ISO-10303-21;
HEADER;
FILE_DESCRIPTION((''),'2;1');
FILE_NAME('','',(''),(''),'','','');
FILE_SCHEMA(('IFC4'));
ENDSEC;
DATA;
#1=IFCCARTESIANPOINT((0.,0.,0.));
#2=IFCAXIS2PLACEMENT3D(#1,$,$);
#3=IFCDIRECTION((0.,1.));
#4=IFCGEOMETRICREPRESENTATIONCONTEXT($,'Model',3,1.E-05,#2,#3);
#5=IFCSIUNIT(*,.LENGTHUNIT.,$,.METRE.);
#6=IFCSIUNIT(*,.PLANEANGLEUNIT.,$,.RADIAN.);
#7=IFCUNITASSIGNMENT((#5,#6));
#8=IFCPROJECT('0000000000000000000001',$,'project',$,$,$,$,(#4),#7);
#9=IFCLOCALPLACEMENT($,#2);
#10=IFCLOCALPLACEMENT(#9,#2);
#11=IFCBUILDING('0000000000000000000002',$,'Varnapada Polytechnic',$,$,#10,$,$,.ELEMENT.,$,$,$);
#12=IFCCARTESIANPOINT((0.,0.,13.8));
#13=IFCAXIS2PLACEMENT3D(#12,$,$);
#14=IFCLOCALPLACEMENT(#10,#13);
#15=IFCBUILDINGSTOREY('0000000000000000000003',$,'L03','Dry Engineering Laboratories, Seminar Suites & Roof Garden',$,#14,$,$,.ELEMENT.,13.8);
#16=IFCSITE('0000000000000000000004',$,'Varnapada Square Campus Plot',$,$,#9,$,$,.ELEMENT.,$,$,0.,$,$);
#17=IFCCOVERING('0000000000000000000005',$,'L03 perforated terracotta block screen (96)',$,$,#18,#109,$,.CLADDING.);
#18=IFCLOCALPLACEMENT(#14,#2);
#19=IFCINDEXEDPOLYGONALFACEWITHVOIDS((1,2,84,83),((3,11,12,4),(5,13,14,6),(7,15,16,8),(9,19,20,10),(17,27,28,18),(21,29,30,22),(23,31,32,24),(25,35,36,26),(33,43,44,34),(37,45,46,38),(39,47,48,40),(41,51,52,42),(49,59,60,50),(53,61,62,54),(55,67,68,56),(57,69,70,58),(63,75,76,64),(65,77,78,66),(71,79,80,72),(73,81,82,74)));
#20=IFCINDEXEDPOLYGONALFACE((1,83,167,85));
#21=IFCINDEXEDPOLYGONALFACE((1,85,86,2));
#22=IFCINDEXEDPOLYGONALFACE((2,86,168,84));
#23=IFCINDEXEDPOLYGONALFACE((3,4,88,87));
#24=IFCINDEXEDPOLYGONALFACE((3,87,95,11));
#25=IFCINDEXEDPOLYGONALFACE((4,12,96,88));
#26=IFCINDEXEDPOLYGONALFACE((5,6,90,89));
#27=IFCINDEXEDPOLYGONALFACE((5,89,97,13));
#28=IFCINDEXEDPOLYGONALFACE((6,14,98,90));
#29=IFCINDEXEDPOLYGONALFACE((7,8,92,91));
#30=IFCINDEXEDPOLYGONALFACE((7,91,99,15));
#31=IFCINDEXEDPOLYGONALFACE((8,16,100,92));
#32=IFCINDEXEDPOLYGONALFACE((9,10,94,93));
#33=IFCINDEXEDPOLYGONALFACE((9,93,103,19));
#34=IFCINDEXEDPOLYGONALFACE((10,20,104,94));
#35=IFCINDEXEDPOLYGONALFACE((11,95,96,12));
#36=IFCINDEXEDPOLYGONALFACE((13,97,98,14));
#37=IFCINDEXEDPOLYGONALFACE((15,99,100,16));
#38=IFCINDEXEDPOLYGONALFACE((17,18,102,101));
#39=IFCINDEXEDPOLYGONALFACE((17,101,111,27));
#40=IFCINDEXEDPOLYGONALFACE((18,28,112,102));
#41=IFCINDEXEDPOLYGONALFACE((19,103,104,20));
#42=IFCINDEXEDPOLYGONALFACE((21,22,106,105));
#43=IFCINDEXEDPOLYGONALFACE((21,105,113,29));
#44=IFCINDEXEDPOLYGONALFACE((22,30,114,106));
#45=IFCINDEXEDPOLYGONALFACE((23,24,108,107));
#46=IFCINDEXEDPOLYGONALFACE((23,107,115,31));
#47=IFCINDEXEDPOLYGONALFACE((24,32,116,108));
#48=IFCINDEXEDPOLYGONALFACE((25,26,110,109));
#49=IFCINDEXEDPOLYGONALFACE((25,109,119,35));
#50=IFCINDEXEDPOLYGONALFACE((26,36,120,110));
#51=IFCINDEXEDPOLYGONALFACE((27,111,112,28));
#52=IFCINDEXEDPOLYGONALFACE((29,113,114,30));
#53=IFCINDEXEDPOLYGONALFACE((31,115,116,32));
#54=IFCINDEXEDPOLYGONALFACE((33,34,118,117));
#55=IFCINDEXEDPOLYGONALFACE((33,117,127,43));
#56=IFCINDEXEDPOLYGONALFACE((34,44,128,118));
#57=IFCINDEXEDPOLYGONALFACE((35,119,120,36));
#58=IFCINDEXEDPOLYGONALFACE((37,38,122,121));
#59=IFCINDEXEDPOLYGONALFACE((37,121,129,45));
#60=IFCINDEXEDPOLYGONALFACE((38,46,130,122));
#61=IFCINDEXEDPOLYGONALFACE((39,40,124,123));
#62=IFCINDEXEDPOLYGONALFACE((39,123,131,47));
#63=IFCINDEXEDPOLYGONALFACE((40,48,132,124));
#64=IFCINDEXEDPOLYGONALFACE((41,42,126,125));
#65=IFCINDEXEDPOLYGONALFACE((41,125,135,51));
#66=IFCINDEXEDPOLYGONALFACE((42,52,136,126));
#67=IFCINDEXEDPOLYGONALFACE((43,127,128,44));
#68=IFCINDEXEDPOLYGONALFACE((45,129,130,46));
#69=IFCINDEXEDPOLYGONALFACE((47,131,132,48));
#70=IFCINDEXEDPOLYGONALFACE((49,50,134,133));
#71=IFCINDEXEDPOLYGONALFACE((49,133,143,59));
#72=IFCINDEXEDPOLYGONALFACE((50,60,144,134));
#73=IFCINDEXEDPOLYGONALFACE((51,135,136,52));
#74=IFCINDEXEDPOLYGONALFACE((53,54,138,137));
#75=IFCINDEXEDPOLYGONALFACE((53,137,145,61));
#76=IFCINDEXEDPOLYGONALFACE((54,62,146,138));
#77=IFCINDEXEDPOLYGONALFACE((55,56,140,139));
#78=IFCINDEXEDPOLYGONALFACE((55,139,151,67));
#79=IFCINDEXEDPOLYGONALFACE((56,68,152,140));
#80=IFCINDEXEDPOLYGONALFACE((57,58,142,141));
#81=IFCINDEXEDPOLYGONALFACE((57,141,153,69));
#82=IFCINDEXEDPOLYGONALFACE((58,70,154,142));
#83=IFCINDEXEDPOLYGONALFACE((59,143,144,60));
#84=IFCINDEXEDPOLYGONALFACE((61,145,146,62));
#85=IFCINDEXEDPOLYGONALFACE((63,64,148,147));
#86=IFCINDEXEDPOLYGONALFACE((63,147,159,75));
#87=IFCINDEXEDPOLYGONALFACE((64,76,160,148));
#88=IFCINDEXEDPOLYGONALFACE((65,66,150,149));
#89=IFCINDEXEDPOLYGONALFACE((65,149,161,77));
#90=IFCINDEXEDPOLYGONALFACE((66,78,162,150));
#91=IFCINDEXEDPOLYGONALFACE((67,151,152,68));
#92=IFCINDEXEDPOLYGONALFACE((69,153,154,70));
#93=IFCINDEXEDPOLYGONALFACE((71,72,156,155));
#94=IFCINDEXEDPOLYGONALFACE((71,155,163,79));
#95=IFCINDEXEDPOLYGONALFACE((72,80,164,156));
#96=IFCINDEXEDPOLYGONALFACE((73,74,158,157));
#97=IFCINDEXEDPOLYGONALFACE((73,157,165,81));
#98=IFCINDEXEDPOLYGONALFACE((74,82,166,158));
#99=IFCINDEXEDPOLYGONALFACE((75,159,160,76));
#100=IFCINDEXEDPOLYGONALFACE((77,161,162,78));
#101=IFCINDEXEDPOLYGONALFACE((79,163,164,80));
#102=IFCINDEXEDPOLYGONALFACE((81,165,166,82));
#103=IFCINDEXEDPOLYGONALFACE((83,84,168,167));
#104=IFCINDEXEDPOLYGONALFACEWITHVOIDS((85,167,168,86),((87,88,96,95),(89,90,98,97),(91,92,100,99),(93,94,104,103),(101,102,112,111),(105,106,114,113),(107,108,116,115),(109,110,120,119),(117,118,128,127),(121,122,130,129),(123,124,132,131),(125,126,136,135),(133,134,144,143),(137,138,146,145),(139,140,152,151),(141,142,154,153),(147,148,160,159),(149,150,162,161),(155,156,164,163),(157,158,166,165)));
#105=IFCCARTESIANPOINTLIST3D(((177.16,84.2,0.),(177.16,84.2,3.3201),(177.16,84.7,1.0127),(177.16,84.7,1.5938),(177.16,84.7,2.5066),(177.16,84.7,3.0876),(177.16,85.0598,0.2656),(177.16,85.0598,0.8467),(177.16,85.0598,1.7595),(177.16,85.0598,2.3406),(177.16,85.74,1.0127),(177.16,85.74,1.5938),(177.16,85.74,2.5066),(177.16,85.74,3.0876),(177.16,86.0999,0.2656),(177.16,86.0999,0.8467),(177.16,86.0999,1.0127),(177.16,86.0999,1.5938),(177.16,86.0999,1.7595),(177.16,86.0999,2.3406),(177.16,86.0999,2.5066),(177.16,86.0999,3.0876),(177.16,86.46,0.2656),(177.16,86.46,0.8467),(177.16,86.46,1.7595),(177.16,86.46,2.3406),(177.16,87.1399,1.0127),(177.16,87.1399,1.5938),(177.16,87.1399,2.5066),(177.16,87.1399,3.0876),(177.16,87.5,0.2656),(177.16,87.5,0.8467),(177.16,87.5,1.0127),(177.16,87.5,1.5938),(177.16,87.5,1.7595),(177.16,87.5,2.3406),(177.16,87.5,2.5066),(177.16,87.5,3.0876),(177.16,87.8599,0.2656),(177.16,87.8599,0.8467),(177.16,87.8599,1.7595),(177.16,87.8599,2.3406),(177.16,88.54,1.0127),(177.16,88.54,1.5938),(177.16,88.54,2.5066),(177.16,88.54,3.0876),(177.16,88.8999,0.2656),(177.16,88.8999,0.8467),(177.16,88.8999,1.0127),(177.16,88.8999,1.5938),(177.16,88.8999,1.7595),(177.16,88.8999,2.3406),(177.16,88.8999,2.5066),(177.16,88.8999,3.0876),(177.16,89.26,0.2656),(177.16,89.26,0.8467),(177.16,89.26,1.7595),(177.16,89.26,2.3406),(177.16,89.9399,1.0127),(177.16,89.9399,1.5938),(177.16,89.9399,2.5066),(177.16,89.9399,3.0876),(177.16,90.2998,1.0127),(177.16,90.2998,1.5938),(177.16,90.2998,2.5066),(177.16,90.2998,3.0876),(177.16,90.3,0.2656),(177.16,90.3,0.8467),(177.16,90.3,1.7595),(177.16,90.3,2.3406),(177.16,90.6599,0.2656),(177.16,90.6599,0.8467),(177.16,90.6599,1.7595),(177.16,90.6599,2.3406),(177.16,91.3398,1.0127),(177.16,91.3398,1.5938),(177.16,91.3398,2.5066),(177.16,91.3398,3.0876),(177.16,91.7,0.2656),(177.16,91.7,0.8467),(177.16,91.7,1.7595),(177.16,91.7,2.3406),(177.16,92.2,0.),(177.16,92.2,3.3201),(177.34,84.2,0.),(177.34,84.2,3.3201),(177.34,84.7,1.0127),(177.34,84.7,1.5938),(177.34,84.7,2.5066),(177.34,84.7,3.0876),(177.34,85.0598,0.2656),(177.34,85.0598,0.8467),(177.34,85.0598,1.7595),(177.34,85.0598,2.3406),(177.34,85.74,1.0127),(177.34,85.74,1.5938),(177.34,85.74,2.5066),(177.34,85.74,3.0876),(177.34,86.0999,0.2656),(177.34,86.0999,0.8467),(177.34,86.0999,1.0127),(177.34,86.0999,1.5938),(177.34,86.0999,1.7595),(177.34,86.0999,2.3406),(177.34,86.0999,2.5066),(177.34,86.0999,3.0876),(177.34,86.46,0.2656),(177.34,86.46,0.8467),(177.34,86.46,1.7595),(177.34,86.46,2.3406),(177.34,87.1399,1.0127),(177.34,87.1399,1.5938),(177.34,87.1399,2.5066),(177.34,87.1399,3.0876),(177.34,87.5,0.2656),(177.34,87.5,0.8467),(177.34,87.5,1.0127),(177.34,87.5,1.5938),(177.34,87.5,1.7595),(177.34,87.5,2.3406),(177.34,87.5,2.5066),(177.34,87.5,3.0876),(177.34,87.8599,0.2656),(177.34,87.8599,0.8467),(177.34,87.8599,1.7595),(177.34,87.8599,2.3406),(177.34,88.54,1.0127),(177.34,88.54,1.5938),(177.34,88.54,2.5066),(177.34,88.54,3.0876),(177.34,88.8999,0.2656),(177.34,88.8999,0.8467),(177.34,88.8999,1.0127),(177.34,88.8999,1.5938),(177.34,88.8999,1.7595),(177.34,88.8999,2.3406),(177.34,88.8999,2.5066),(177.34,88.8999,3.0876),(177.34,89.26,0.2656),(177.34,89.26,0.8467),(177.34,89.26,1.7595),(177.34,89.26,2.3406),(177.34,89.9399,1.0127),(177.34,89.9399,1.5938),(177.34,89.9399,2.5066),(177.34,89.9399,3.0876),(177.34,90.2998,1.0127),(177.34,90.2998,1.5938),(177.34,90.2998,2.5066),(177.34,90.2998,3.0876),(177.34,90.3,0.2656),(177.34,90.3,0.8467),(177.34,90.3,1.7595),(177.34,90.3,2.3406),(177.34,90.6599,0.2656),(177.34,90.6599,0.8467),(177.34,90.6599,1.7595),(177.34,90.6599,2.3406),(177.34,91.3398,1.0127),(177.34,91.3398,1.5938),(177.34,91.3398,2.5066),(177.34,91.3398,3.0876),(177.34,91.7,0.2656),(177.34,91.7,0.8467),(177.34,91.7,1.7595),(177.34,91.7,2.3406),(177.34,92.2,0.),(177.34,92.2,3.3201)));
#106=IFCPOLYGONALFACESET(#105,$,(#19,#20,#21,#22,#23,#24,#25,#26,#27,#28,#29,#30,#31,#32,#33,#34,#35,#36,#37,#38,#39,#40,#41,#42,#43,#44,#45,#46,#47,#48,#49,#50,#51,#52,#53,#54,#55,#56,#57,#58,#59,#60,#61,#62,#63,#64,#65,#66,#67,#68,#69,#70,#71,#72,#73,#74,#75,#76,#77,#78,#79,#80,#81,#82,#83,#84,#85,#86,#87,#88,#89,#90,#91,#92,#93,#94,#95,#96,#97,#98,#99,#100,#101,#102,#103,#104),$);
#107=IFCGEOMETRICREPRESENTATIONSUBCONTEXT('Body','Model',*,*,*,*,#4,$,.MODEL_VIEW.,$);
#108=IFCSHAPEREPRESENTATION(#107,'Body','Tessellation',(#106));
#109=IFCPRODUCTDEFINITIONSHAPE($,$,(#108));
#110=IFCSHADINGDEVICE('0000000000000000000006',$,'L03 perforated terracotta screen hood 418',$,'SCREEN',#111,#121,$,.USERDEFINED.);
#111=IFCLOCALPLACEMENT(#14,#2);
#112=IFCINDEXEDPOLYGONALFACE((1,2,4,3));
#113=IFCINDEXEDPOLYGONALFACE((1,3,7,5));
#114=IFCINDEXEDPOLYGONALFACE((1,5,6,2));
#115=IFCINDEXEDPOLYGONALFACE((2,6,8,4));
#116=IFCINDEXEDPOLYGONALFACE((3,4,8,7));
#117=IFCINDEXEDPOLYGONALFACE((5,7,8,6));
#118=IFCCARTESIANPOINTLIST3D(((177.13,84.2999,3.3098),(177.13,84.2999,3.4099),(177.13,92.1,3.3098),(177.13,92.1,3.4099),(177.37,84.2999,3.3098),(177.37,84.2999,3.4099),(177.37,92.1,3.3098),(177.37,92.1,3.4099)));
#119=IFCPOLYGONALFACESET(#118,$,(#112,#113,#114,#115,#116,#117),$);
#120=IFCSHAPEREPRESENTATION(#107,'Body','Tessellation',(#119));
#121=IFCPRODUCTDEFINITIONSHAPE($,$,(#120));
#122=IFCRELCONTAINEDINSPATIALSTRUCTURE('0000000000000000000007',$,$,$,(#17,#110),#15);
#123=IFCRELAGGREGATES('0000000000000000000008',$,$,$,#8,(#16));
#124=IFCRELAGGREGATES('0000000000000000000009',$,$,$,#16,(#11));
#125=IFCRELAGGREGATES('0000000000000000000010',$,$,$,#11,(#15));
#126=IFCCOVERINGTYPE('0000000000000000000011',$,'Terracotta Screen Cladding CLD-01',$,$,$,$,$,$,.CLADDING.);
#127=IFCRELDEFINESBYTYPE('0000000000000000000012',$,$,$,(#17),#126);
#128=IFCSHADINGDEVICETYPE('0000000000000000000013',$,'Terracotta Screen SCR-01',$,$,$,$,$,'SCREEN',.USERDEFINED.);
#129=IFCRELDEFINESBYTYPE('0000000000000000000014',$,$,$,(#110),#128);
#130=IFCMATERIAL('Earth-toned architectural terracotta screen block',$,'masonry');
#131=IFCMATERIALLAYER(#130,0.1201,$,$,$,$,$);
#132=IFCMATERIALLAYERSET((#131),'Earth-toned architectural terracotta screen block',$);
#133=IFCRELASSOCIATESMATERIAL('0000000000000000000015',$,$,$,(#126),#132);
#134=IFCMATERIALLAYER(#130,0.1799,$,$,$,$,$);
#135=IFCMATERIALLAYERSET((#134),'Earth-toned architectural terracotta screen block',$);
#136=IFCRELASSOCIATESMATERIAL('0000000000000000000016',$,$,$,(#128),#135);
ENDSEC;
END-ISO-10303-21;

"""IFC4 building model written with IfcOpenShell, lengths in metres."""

from ifc_helpers import new_model, si_unit, direction, frame, frame_2d, origin, origin_2d, place, context, subcontext, project, spatial, rectangle, extrude, material, layer, layer_set, type_object, element, save


model = new_model("IFC4")

# Units and contexts
model_context = context("Model", 3, precision=1e-05, world=origin(), true_north=direction((0.0, 1.0)))
body_context = subcontext(model_context, "Body", "Model", "MODEL_VIEW")
ifc_project = project(units=[si_unit("LENGTHUNIT", "METRE"), si_unit("PLANEANGLEUNIT", "RADIAN")], contexts=[model_context])

# Site, building, storey
site_placement = place(None, origin())
site = spatial("IfcSite", under=ifc_project, at=site_placement, Name="Varnapada Square Campus Plot", CompositionType="ELEMENT", RefElevation=0.0)
building_placement = place(site_placement, origin())
building = spatial("IfcBuilding", under=site, at=building_placement, Name="Varnapada Polytechnic", CompositionType="ELEMENT")
storey_placement = place(building_placement, frame((0.0, 0.0, 13.8)))
storey = spatial("IfcBuildingStorey", under=building, at=storey_placement, Name="L03", Description="Dry Engineering Laboratories, Seminar Suites & Roof Garden", CompositionType="ELEMENT", Elevation=13.8)

# Covering, openings
ifc_material_1 = material(Name="Earth-toned architectural terracotta screen block", Category="masonry")
ifc_layer_1 = layer(ifc_material_1, 0.1201)
ifc_layer_set_1 = layer_set([ifc_layer_1], Name="Earth-toned architectural terracotta screen block")
covering_type_1 = type_object("IfcCoveringType", Name="Terracotta Screen Cladding CLD-01", PredefinedType="CLADDING", material=ifc_layer_set_1)
covering_1_placement = place(storey_placement, frame((177.25, 92.2, 0.0), z_axis=(0.0, 0.0, 1.0), x_axis=(0.0, -1.0, 0.0)))
covering_1 = element("IfcCovering", 1, at=covering_1_placement, inside=storey, type_object=covering_type_1, Name="L03 perforated terracotta block screen (96)", PredefinedType="CLADDING", context=body_context, shape_type="SweptSolid", body=[
    extrude(rectangle(XDim=8.0, YDim=0.1799, at=frame_2d((4.0, 0.0))), origin(), (0.0, 0.0, 1.0), 3.3201),
])
opening_1_placement = place(covering_1_placement, frame((0.5, 0.0, 0.2656)))
element("IfcOpeningElement", 2, at=opening_1_placement, cuts=covering_1, PredefinedType="OPENING", context=body_context, shape_type="SweptSolid", body=[
    extrude(rectangle(XDim=1.04, YDim=0.5811, at=frame_2d((0.52, 0.2905))), frame((0.0, 0.0999, 0.0), z_axis=(0.0, -1.0, 0.0), x_axis=(1.0, 0.0, 0.0)), (0.0, 0.0, 1.0), 0.2),
])
opening_2_placement = place(covering_1_placement, frame((1.8999, 0.0, 0.2656)))
element("IfcOpeningElement", 3, at=opening_2_placement, cuts=covering_1, PredefinedType="OPENING", context=body_context, shape_type="SweptSolid", body=[
    extrude(rectangle(XDim=1.04, YDim=0.5811, at=frame_2d((0.52, 0.2905))), frame((0.0, 0.0999, 0.0), z_axis=(0.0, -1.0, 0.0), x_axis=(1.0, 0.0, 0.0)), (0.0, 0.0, 1.0), 0.2),
])
opening_3_placement = place(covering_1_placement, frame((3.3, 0.0, 0.2656)))
element("IfcOpeningElement", 4, at=opening_3_placement, cuts=covering_1, PredefinedType="OPENING", context=body_context, shape_type="SweptSolid", body=[
    extrude(rectangle(XDim=1.04, YDim=0.5811, at=frame_2d((0.52, 0.2905))), frame((0.0, 0.0999, 0.0), z_axis=(0.0, -1.0, 0.0), x_axis=(1.0, 0.0, 0.0)), (0.0, 0.0, 1.0), 0.2),
])
opening_4_placement = place(covering_1_placement, frame((4.7, 0.0, 0.2656)))
element("IfcOpeningElement", 5, at=opening_4_placement, cuts=covering_1, PredefinedType="OPENING", context=body_context, shape_type="SweptSolid", body=[
    extrude(rectangle(XDim=1.04, YDim=0.5811, at=frame_2d((0.52, 0.2905))), frame((0.0, 0.0999, 0.0), z_axis=(0.0, -1.0, 0.0), x_axis=(1.0, 0.0, 0.0)), (0.0, 0.0, 1.0), 0.2),
])
opening_5_placement = place(covering_1_placement, frame((6.1001, 0.0, 0.2656)))
element("IfcOpeningElement", 6, at=opening_5_placement, cuts=covering_1, PredefinedType="OPENING", context=body_context, shape_type="SweptSolid", body=[
    extrude(rectangle(XDim=1.04, YDim=0.5811, at=frame_2d((0.52, 0.2905))), frame((0.0, 0.0999, 0.0), z_axis=(0.0, -1.0, 0.0), x_axis=(1.0, 0.0, 0.0)), (0.0, 0.0, 1.0), 0.2),
])
opening_6_placement = place(covering_1_placement, frame((0.8601, 0.0, 1.0127)))
element("IfcOpeningElement", 7, at=opening_6_placement, cuts=covering_1, PredefinedType="OPENING", context=body_context, shape_type="SweptSolid", body=[
    extrude(rectangle(XDim=1.04, YDim=0.5811, at=frame_2d((0.52, 0.2905))), frame((0.0, 0.0999, 0.0), z_axis=(0.0, -1.0, 0.0), x_axis=(1.0, 0.0, 0.0)), (0.0, 0.0, 1.0), 0.2),
])
opening_7_placement = place(covering_1_placement, frame((2.26, 0.0, 1.0127)))
element("IfcOpeningElement", 8, at=opening_7_placement, cuts=covering_1, PredefinedType="OPENING", context=body_context, shape_type="SweptSolid", body=[
    extrude(rectangle(XDim=1.04, YDim=0.5811, at=frame_2d((0.52, 0.2905))), frame((0.0, 0.0999, 0.0), z_axis=(0.0, -1.0, 0.0), x_axis=(1.0, 0.0, 0.0)), (0.0, 0.0, 1.0), 0.2),
])
opening_8_placement = place(covering_1_placement, frame((3.6599, 0.0, 1.0127)))
element("IfcOpeningElement", 9, at=opening_8_placement, cuts=covering_1, PredefinedType="OPENING", context=body_context, shape_type="SweptSolid", body=[
    extrude(rectangle(XDim=1.04, YDim=0.5811, at=frame_2d((0.52, 0.2905))), frame((0.0, 0.0999, 0.0), z_axis=(0.0, -1.0, 0.0), x_axis=(1.0, 0.0, 0.0)), (0.0, 0.0, 1.0), 0.2),
])
opening_9_placement = place(covering_1_placement, frame((5.0601, 0.0, 1.0127)))
element("IfcOpeningElement", 10, at=opening_9_placement, cuts=covering_1, PredefinedType="OPENING", context=body_context, shape_type="SweptSolid", body=[
    extrude(rectangle(XDim=1.04, YDim=0.5811, at=frame_2d((0.52, 0.2905))), frame((0.0, 0.0999, 0.0), z_axis=(0.0, -1.0, 0.0), x_axis=(1.0, 0.0, 0.0)), (0.0, 0.0, 1.0), 0.2),
])
opening_10_placement = place(covering_1_placement, frame((6.46, 0.0, 1.0127)))
element("IfcOpeningElement", 11, at=opening_10_placement, cuts=covering_1, PredefinedType="OPENING", context=body_context, shape_type="SweptSolid", body=[
    extrude(rectangle(XDim=1.04, YDim=0.5811, at=frame_2d((0.52, 0.2905))), frame((0.0, 0.0999, 0.0), z_axis=(0.0, -1.0, 0.0), x_axis=(1.0, 0.0, 0.0)), (0.0, 0.0, 1.0), 0.2),
])
opening_11_placement = place(covering_1_placement, frame((0.5, 0.0, 1.7595)))
element("IfcOpeningElement", 12, at=opening_11_placement, cuts=covering_1, PredefinedType="OPENING", context=body_context, shape_type="SweptSolid", body=[
    extrude(rectangle(XDim=1.04, YDim=0.5811, at=frame_2d((0.52, 0.2905))), frame((0.0, 0.0999, 0.0), z_axis=(0.0, -1.0, 0.0), x_axis=(1.0, 0.0, 0.0)), (0.0, 0.0, 1.0), 0.2),
])
opening_12_placement = place(covering_1_placement, frame((1.8999, 0.0, 1.7595)))
element("IfcOpeningElement", 13, at=opening_12_placement, cuts=covering_1, PredefinedType="OPENING", context=body_context, shape_type="SweptSolid", body=[
    extrude(rectangle(XDim=1.04, YDim=0.5811, at=frame_2d((0.52, 0.2905))), frame((0.0, 0.0999, 0.0), z_axis=(0.0, -1.0, 0.0), x_axis=(1.0, 0.0, 0.0)), (0.0, 0.0, 1.0), 0.2),
])
opening_13_placement = place(covering_1_placement, frame((3.3, 0.0, 1.7595)))
element("IfcOpeningElement", 14, at=opening_13_placement, cuts=covering_1, PredefinedType="OPENING", context=body_context, shape_type="SweptSolid", body=[
    extrude(rectangle(XDim=1.04, YDim=0.5811, at=frame_2d((0.52, 0.2905))), frame((0.0, 0.0999, 0.0), z_axis=(0.0, -1.0, 0.0), x_axis=(1.0, 0.0, 0.0)), (0.0, 0.0, 1.0), 0.2),
])
opening_14_placement = place(covering_1_placement, frame((4.7, 0.0, 1.7595)))
element("IfcOpeningElement", 15, at=opening_14_placement, cuts=covering_1, PredefinedType="OPENING", context=body_context, shape_type="SweptSolid", body=[
    extrude(rectangle(XDim=1.04, YDim=0.5811, at=frame_2d((0.52, 0.2905))), frame((0.0, 0.0999, 0.0), z_axis=(0.0, -1.0, 0.0), x_axis=(1.0, 0.0, 0.0)), (0.0, 0.0, 1.0), 0.2),
])
opening_15_placement = place(covering_1_placement, frame((6.1001, 0.0, 1.7595)))
element("IfcOpeningElement", 16, at=opening_15_placement, cuts=covering_1, PredefinedType="OPENING", context=body_context, shape_type="SweptSolid", body=[
    extrude(rectangle(XDim=1.04, YDim=0.5811, at=frame_2d((0.52, 0.2905))), frame((0.0, 0.0999, 0.0), z_axis=(0.0, -1.0, 0.0), x_axis=(1.0, 0.0, 0.0)), (0.0, 0.0, 1.0), 0.2),
])
opening_16_placement = place(covering_1_placement, frame((0.8601, 0.0, 2.5066)))
element("IfcOpeningElement", 17, at=opening_16_placement, cuts=covering_1, PredefinedType="OPENING", context=body_context, shape_type="SweptSolid", body=[
    extrude(rectangle(XDim=1.04, YDim=0.5811, at=frame_2d((0.52, 0.2905))), frame((0.0, 0.0999, 0.0), z_axis=(0.0, -1.0, 0.0), x_axis=(1.0, 0.0, 0.0)), (0.0, 0.0, 1.0), 0.2),
])
opening_17_placement = place(covering_1_placement, frame((2.26, 0.0, 2.5066)))
element("IfcOpeningElement", 18, at=opening_17_placement, cuts=covering_1, PredefinedType="OPENING", context=body_context, shape_type="SweptSolid", body=[
    extrude(rectangle(XDim=1.04, YDim=0.5811, at=frame_2d((0.52, 0.2905))), frame((0.0, 0.0999, 0.0), z_axis=(0.0, -1.0, 0.0), x_axis=(1.0, 0.0, 0.0)), (0.0, 0.0, 1.0), 0.2),
])
opening_18_placement = place(covering_1_placement, frame((3.6599, 0.0, 2.5066)))
element("IfcOpeningElement", 19, at=opening_18_placement, cuts=covering_1, PredefinedType="OPENING", context=body_context, shape_type="SweptSolid", body=[
    extrude(rectangle(XDim=1.04, YDim=0.5811, at=frame_2d((0.52, 0.2905))), frame((0.0, 0.0999, 0.0), z_axis=(0.0, -1.0, 0.0), x_axis=(1.0, 0.0, 0.0)), (0.0, 0.0, 1.0), 0.2),
])
opening_19_placement = place(covering_1_placement, frame((5.0601, 0.0, 2.5066)))
element("IfcOpeningElement", 20, at=opening_19_placement, cuts=covering_1, PredefinedType="OPENING", context=body_context, shape_type="SweptSolid", body=[
    extrude(rectangle(XDim=1.04, YDim=0.5811, at=frame_2d((0.52, 0.2905))), frame((0.0, 0.0999, 0.0), z_axis=(0.0, -1.0, 0.0), x_axis=(1.0, 0.0, 0.0)), (0.0, 0.0, 1.0), 0.2),
])
opening_20_placement = place(covering_1_placement, frame((6.46, 0.0, 2.5066)))
element("IfcOpeningElement", 21, at=opening_20_placement, cuts=covering_1, PredefinedType="OPENING", context=body_context, shape_type="SweptSolid", body=[
    extrude(rectangle(XDim=1.04, YDim=0.5811, at=frame_2d((0.52, 0.2905))), frame((0.0, 0.0999, 0.0), z_axis=(0.0, -1.0, 0.0), x_axis=(1.0, 0.0, 0.0)), (0.0, 0.0, 1.0), 0.2),
])

# Shading device
ifc_layer_2 = layer(ifc_material_1, 0.1799)
ifc_layer_set_2 = layer_set([ifc_layer_2], Name="Earth-toned architectural terracotta screen block")
shading_device_type = type_object("IfcShadingDeviceType", Name="Terracotta Screen SCR-01", ElementType="SCREEN", PredefinedType="USERDEFINED", material=ifc_layer_set_2)
shading_device_placement = place(storey_placement, frame((177.25, 88.2, 3.3098), z_axis=(0.0, 0.0, 1.0), x_axis=(0.0, -1.0, 0.0)))
element("IfcShadingDevice", 22, at=shading_device_placement, inside=storey, type_object=shading_device_type, Name="L03 perforated terracotta screen hood 418", ObjectType="SCREEN", PredefinedType="USERDEFINED", context=body_context, shape_type="SweptSolid", body=[
    extrude(rectangle(XDim=7.8, YDim=0.24, at=origin_2d()), origin(), (0.0, 0.0, 1.0), 0.1001),
])

save(model, "model.ifc")
